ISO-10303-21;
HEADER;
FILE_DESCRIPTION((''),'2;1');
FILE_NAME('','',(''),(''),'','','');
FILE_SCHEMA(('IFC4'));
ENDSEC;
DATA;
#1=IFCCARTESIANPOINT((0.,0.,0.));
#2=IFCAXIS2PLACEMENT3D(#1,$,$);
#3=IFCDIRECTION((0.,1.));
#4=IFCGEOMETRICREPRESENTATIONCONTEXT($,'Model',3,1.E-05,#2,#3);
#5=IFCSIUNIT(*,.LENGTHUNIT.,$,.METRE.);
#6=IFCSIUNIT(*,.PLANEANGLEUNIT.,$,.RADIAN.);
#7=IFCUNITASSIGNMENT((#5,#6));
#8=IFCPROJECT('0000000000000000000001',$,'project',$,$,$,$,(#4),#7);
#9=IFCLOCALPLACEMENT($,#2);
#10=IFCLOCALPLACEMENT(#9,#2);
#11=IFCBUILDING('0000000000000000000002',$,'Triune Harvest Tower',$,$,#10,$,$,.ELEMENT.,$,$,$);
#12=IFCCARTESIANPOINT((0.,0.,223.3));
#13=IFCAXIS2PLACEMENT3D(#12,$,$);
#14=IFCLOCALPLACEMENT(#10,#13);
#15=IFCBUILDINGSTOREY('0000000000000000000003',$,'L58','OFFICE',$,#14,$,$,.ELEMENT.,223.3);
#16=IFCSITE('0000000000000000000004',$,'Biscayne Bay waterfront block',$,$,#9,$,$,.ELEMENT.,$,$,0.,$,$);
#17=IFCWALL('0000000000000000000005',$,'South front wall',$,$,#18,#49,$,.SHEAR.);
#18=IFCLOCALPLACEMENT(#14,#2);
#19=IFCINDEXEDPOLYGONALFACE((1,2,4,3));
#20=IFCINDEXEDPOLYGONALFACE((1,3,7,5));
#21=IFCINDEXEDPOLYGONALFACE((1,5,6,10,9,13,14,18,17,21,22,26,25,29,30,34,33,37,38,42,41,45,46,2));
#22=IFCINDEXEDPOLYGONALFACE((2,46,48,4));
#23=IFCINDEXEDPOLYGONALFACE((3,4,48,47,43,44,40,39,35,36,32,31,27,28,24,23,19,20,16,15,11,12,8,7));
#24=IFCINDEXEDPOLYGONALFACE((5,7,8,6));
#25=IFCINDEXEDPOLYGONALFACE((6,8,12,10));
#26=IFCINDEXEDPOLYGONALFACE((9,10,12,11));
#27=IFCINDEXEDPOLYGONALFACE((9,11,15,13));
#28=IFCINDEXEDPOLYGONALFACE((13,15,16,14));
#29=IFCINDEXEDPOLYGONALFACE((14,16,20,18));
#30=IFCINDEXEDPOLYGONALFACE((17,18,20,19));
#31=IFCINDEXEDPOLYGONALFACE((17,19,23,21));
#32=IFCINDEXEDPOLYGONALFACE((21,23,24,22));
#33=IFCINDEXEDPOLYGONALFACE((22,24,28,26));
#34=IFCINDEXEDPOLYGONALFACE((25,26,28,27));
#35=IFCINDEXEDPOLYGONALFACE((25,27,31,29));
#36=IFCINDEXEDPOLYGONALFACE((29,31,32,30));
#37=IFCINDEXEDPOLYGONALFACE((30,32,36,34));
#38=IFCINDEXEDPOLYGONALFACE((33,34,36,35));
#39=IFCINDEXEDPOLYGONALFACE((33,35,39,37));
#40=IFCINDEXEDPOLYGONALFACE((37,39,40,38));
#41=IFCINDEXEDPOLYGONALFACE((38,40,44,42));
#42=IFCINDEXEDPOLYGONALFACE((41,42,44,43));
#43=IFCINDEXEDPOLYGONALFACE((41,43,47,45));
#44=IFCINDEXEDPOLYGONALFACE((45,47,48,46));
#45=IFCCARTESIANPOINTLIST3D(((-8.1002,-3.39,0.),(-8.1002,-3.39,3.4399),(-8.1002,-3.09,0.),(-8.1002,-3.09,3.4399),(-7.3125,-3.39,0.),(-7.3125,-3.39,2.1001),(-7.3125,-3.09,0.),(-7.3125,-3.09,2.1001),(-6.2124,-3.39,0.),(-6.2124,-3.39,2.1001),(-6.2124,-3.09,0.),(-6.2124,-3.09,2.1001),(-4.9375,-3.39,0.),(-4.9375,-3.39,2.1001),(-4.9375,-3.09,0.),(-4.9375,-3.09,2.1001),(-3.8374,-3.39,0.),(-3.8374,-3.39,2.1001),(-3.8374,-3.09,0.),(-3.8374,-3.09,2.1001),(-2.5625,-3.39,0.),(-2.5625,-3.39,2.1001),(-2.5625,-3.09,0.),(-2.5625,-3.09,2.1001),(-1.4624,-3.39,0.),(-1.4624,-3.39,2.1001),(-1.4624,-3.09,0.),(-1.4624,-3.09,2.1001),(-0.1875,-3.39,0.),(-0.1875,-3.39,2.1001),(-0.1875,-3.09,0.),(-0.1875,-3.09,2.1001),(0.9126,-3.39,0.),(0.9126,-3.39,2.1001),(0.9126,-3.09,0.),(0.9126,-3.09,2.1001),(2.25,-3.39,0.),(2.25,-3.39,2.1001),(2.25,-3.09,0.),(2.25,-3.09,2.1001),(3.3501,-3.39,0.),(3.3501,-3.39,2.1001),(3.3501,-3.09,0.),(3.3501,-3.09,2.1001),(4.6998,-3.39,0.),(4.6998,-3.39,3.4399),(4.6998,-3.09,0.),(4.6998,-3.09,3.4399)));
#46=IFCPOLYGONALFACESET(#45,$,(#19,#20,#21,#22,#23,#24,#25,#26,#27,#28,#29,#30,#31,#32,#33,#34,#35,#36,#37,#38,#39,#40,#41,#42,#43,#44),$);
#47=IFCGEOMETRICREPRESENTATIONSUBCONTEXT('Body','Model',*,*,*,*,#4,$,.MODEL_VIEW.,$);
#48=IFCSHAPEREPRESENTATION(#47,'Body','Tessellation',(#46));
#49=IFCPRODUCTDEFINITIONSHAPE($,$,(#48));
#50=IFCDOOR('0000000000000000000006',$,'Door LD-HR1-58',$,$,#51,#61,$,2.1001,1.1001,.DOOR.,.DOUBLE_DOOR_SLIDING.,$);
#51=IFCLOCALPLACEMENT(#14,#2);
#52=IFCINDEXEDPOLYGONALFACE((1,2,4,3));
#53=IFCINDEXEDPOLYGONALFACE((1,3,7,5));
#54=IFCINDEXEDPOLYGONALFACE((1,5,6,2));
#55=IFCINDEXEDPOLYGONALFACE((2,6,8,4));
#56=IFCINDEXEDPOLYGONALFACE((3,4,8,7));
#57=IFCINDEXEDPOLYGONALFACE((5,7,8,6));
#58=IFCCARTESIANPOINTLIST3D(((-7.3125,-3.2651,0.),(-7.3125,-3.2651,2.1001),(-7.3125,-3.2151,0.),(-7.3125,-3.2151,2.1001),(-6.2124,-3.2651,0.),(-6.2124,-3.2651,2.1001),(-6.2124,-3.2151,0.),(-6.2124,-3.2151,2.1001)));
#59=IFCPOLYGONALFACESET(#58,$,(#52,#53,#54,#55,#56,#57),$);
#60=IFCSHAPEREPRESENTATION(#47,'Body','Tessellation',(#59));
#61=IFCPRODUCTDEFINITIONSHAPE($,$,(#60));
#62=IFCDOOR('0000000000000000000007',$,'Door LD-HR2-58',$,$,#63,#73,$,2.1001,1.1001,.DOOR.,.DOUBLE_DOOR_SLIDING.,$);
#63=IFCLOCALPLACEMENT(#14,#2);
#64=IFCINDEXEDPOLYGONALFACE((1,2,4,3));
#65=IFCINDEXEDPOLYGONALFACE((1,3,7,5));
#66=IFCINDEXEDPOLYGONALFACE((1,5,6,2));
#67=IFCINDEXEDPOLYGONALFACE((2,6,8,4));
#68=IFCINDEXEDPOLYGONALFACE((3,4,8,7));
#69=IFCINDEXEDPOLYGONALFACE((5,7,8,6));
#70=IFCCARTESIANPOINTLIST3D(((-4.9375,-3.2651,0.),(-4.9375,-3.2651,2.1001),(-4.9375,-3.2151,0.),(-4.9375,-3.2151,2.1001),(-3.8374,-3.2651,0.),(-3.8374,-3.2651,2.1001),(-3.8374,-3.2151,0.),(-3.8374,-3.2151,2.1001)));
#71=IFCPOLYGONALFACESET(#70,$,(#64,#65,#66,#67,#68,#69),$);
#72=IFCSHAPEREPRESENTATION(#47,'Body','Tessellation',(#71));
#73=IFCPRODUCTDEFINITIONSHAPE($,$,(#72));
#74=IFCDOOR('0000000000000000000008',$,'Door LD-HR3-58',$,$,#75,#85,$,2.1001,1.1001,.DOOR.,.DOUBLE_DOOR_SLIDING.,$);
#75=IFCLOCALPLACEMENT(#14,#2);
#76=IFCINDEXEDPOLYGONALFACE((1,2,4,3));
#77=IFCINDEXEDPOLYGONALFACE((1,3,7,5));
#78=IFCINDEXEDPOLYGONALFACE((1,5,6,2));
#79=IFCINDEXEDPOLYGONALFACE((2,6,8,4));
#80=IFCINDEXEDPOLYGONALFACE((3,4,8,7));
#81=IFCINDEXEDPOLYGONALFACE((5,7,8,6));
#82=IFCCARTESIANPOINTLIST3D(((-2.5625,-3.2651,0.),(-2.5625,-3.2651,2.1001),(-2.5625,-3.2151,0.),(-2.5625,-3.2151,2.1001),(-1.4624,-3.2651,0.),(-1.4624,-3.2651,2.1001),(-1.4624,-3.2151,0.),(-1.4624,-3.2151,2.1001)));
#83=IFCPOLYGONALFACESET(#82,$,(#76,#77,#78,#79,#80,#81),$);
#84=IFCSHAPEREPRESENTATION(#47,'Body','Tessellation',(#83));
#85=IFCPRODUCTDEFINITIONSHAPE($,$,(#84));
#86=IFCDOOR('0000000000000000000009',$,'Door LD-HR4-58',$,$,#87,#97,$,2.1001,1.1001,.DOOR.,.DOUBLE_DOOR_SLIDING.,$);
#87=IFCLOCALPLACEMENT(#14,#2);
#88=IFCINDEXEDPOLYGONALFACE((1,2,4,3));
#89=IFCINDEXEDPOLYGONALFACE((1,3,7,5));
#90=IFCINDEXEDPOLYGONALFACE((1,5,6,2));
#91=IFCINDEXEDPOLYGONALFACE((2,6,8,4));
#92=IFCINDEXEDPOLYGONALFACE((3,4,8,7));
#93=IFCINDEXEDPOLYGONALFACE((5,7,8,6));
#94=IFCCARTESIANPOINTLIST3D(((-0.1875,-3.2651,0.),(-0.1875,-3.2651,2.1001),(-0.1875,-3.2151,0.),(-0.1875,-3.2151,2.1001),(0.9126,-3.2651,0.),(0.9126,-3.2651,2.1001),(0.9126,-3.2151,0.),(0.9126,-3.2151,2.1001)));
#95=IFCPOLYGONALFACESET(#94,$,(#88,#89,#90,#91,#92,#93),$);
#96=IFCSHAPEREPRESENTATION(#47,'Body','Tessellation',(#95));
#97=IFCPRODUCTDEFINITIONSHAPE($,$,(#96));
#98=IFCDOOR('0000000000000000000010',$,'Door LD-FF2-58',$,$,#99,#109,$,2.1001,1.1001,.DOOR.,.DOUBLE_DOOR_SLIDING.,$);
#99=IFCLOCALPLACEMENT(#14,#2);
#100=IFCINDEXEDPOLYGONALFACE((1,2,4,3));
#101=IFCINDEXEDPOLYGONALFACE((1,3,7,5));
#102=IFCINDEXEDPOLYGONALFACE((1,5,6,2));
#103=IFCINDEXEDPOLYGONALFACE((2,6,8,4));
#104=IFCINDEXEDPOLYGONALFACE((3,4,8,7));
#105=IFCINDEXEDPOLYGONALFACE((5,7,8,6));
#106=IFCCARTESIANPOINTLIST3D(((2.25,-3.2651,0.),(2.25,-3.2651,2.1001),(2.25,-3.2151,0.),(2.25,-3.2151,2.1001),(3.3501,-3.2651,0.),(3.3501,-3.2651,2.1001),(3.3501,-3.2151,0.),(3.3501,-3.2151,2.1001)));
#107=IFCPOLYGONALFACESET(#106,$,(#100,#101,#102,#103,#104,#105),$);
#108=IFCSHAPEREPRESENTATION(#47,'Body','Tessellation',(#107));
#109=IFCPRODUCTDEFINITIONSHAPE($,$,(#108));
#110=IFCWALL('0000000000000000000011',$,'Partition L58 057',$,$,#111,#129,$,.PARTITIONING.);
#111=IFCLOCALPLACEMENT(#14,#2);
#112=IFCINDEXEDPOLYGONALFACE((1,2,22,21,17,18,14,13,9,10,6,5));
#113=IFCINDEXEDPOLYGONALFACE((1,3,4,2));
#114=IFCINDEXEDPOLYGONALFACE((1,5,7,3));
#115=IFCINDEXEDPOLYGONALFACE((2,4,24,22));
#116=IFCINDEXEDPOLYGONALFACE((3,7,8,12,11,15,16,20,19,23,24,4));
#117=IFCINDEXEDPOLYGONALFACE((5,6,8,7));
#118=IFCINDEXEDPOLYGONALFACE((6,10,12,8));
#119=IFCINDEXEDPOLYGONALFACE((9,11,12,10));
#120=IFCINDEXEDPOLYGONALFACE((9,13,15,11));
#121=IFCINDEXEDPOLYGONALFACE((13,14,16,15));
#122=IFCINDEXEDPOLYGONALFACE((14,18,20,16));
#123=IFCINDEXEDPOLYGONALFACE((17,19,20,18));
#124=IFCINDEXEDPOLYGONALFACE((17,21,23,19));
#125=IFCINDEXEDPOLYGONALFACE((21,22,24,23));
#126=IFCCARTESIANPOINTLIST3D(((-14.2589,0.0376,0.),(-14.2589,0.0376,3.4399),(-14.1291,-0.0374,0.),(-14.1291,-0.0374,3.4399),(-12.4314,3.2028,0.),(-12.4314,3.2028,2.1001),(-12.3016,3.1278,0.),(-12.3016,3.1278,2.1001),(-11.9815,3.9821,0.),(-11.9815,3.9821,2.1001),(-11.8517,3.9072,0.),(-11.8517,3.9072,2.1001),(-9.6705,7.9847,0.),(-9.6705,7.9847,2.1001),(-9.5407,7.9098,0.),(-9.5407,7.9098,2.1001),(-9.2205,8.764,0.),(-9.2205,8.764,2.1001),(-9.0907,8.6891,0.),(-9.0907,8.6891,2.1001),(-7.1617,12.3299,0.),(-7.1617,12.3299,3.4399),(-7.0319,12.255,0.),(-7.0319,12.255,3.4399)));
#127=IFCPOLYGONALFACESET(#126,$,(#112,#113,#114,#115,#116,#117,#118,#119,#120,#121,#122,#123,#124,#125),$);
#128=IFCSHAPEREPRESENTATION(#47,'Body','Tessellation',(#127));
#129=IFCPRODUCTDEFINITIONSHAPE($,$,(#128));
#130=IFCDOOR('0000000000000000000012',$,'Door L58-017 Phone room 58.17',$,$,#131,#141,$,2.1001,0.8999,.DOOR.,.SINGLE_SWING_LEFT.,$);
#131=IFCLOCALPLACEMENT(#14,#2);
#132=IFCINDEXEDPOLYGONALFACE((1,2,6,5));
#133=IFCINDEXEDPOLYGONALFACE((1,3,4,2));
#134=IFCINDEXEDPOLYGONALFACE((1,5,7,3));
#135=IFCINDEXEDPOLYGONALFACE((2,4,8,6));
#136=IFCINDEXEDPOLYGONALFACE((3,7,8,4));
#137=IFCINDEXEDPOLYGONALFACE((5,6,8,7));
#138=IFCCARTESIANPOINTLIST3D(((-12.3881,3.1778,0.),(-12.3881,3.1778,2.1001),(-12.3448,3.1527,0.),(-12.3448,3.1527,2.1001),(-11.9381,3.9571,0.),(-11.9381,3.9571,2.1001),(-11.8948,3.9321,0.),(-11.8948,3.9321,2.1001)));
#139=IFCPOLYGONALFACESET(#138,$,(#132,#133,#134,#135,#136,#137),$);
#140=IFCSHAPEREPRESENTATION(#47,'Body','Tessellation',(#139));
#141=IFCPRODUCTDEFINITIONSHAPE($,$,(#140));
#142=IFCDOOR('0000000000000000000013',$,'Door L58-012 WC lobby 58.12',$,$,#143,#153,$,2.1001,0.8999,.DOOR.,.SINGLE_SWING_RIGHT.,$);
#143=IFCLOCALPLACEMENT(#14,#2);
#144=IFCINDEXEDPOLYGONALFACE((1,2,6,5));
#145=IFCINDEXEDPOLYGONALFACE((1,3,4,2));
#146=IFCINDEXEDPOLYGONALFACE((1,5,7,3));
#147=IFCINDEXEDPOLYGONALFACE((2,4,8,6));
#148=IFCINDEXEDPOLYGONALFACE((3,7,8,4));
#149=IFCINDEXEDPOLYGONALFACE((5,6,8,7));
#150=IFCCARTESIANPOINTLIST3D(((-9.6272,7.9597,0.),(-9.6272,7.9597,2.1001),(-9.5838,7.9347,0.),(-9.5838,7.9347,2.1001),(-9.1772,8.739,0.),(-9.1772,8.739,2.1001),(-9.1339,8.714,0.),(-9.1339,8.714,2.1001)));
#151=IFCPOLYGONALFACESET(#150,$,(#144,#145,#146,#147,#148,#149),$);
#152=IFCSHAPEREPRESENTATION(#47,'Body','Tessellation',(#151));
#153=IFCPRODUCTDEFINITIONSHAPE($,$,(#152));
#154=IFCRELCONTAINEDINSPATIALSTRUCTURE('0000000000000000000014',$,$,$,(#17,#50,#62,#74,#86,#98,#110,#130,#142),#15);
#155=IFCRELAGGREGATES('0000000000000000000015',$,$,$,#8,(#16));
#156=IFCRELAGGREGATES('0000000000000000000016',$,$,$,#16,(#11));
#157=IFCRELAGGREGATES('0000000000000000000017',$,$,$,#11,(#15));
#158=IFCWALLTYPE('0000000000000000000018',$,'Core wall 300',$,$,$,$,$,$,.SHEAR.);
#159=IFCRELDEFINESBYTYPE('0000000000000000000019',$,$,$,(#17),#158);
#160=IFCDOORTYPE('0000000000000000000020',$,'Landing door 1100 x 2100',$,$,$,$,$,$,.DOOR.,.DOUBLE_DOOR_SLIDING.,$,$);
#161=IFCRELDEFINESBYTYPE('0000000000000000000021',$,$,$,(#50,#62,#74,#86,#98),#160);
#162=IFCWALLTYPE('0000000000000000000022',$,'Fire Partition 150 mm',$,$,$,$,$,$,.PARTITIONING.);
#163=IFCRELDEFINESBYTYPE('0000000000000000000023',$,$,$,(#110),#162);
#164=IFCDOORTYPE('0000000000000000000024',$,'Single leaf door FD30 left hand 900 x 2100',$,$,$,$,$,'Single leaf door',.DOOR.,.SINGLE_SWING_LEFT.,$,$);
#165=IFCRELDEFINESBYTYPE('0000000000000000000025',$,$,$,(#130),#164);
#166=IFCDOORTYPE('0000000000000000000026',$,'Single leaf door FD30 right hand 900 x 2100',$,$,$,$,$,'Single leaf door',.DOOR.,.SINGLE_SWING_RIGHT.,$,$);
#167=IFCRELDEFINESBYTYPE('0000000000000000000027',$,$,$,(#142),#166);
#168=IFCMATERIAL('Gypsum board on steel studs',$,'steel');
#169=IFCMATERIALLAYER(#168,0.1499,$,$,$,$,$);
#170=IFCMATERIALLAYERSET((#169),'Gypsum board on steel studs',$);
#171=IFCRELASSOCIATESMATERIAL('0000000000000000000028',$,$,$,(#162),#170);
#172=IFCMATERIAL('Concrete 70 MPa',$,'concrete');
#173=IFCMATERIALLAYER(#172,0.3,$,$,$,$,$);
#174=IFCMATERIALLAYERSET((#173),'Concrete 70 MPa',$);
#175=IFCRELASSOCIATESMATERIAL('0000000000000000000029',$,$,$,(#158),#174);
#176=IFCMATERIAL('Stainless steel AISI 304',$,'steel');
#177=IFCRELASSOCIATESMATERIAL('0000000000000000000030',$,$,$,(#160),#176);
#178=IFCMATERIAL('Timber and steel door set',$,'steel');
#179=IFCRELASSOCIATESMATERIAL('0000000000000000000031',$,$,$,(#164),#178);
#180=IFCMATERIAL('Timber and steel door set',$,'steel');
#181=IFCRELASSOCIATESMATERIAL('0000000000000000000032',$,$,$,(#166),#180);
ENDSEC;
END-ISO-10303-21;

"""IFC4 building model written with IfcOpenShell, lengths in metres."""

from ifc_helpers import new_model, si_unit, direction, frame, frame_2d, origin, place, context, subcontext, project, spatial, rectangle, extrude, source, transform, mapped, material, layer, layer_set, type_object, element, fill, save


model = new_model("IFC4")

# Units and contexts
model_context = context("Model", 3, precision=1e-05, world=origin(), true_north=direction((0.0, 1.0)))
body_context = subcontext(model_context, "Body", "Model", "MODEL_VIEW")
ifc_project = project(units=[si_unit("LENGTHUNIT", "METRE"), si_unit("PLANEANGLEUNIT", "RADIAN")], contexts=[model_context])

# Site, building, storey
site_placement = place(None, origin())
site = spatial("IfcSite", under=ifc_project, at=site_placement, Name="Biscayne Bay waterfront block", CompositionType="ELEMENT", RefElevation=0.0)
building_placement = place(site_placement, origin())
building = spatial("IfcBuilding", under=site, at=building_placement, Name="Triune Harvest Tower", CompositionType="ELEMENT")
storey_placement = place(building_placement, frame((0.0, 0.0, 223.3)))
storey = spatial("IfcBuildingStorey", under=building, at=storey_placement, Name="L58", Description="OFFICE", CompositionType="ELEMENT", Elevation=223.3)

# Shared definitions
ifc_material_1 = material(Name="Gypsum board on steel studs", Category="steel")
ifc_layer_1 = layer(ifc_material_1, 0.1499)
ifc_layer_set_1 = layer_set([ifc_layer_1], Name="Gypsum board on steel studs")
wall_type_1 = type_object("IfcWallType", Name="Fire Partition 150 mm", PredefinedType="PARTITIONING", material=ifc_layer_set_1)

# Wall, openings, doors
ifc_material_2 = material(Name="Concrete 70 MPa", Category="concrete")
ifc_layer_2 = layer(ifc_material_2, 0.3)
ifc_layer_set_2 = layer_set([ifc_layer_2], Name="Concrete 70 MPa")
wall_type_2 = type_object("IfcWallType", Name="Core wall 300", PredefinedType="SHEAR", material=ifc_layer_set_2)
shared_shape_1 = source(origin(), body_context, "Body", "SweptSolid", [
    extrude(rectangle(XDim=12.8, YDim=0.3, at=frame_2d((6.3999, 0.0))), origin(), (0.0, 0.0, 1.0), 3.4399),
])
wall_1_placement = place(storey_placement, frame((-8.1001, -3.24, 0.0), z_axis=(0.0, 0.0, 1.0), x_axis=(1.0, 0.0, 0.0)))
wall_1 = element("IfcWall", 1, at=wall_1_placement, inside=storey, type_object=wall_type_2, Name="South front wall", PredefinedType="SHEAR", context=body_context, shape_type="MappedRepresentation", body=[
    mapped(shared_shape_1, transform((0.0, 0.0, 0.0), scale=1.0)),
])
opening_1_placement = place(wall_1_placement, frame((0.7876, 0.0, 0.0)))
opening_1 = element("IfcOpeningElement", 2, at=opening_1_placement, cuts=wall_1, PredefinedType="OPENING", context=body_context, shape_type="SweptSolid", body=[
    extrude(rectangle(XDim=1.1001, YDim=2.1001, at=frame_2d((0.55, 1.05))), frame((0.0, 0.1602, 0.0), z_axis=(0.0, -1.0, 0.0), x_axis=(1.0, 0.0, 0.0)), (0.0, 0.0, 1.0), 0.3201),
])
opening_2_placement = place(wall_1_placement, frame((3.1626, 0.0, 0.0)))
opening_2 = element("IfcOpeningElement", 3, at=opening_2_placement, cuts=wall_1, PredefinedType="OPENING", context=body_context, shape_type="SweptSolid", body=[
    extrude(rectangle(XDim=1.1001, YDim=2.1001, at=frame_2d((0.55, 1.05))), frame((0.0, 0.1602, 0.0), z_axis=(0.0, -1.0, 0.0), x_axis=(1.0, 0.0, 0.0)), (0.0, 0.0, 1.0), 0.3201),
])
opening_3_placement = place(wall_1_placement, frame((5.5376, 0.0, 0.0)))
opening_3 = element("IfcOpeningElement", 4, at=opening_3_placement, cuts=wall_1, PredefinedType="OPENING", context=body_context, shape_type="SweptSolid", body=[
    extrude(rectangle(XDim=1.1001, YDim=2.1001, at=frame_2d((0.55, 1.05))), frame((0.0, 0.1602, 0.0), z_axis=(0.0, -1.0, 0.0), x_axis=(1.0, 0.0, 0.0)), (0.0, 0.0, 1.0), 0.3201),
])
opening_4_placement = place(wall_1_placement, frame((7.9126, 0.0, 0.0)))
opening_4 = element("IfcOpeningElement", 5, at=opening_4_placement, cuts=wall_1, PredefinedType="OPENING", context=body_context, shape_type="SweptSolid", body=[
    extrude(rectangle(XDim=1.1001, YDim=2.1001, at=frame_2d((0.55, 1.05))), frame((0.0, 0.1602, 0.0), z_axis=(0.0, -1.0, 0.0), x_axis=(1.0, 0.0, 0.0)), (0.0, 0.0, 1.0), 0.3201),
])
opening_5_placement = place(wall_1_placement, frame((10.3501, 0.0, 0.0)))
opening_5 = element("IfcOpeningElement", 6, at=opening_5_placement, cuts=wall_1, PredefinedType="OPENING", context=body_context, shape_type="SweptSolid", body=[
    extrude(rectangle(XDim=1.1001, YDim=2.1001, at=frame_2d((0.55, 1.05))), frame((0.0, 0.1602, 0.0), z_axis=(0.0, -1.0, 0.0), x_axis=(1.0, 0.0, 0.0)), (0.0, 0.0, 1.0), 0.3201),
])
ifc_material_3 = material(Name="Stainless steel AISI 304", Category="steel")
door_type_1 = type_object("IfcDoorType", Name="Landing door 1100 x 2100", OperationType="DOUBLE_DOOR_SLIDING", PredefinedType="DOOR", material=ifc_material_3)
door_1_placement = place(opening_1_placement, origin())
door_1 = element("IfcDoor", 7, at=door_1_placement, inside=storey, type_object=door_type_1, Name="Door LD-HR1-58", OperationType="DOUBLE_DOOR_SLIDING", OverallHeight=2.1001, OverallWidth=1.1001, PredefinedType="DOOR", context=body_context, shape_type="SweptSolid", body=[
    extrude(rectangle(XDim=1.1001, YDim=2.1001, at=frame_2d((0.55, 1.05))), frame((0.0, 0.0249, 0.0), z_axis=(0.0, -1.0, 0.0), x_axis=(1.0, 0.0, 0.0)), (0.0, 0.0, 1.0), 0.05),
])
fill(opening_1, door_1)
door_2_placement = place(opening_2_placement, origin())
door_2 = element("IfcDoor", 8, at=door_2_placement, inside=storey, type_object=door_type_1, Name="Door LD-HR2-58", OperationType="DOUBLE_DOOR_SLIDING", OverallHeight=2.1001, OverallWidth=1.1001, PredefinedType="DOOR", context=body_context, shape_type="SweptSolid", body=[
    extrude(rectangle(XDim=1.1001, YDim=2.1001, at=frame_2d((0.55, 1.05))), frame((0.0, 0.0249, 0.0), z_axis=(0.0, -1.0, 0.0), x_axis=(1.0, 0.0, 0.0)), (0.0, 0.0, 1.0), 0.05),
])
fill(opening_2, door_2)
door_3_placement = place(opening_3_placement, origin())
door_3 = element("IfcDoor", 9, at=door_3_placement, inside=storey, type_object=door_type_1, Name="Door LD-HR3-58", OperationType="DOUBLE_DOOR_SLIDING", OverallHeight=2.1001, OverallWidth=1.1001, PredefinedType="DOOR", context=body_context, shape_type="SweptSolid", body=[
    extrude(rectangle(XDim=1.1001, YDim=2.1001, at=frame_2d((0.55, 1.05))), frame((0.0, 0.0249, 0.0), z_axis=(0.0, -1.0, 0.0), x_axis=(1.0, 0.0, 0.0)), (0.0, 0.0, 1.0), 0.05),
])
fill(opening_3, door_3)
door_4_placement = place(opening_4_placement, origin())
door_4 = element("IfcDoor", 10, at=door_4_placement, inside=storey, type_object=door_type_1, Name="Door LD-HR4-58", OperationType="DOUBLE_DOOR_SLIDING", OverallHeight=2.1001, OverallWidth=1.1001, PredefinedType="DOOR", context=body_context, shape_type="SweptSolid", body=[
    extrude(rectangle(XDim=1.1001, YDim=2.1001, at=frame_2d((0.55, 1.05))), frame((0.0, 0.0249, 0.0), z_axis=(0.0, -1.0, 0.0), x_axis=(1.0, 0.0, 0.0)), (0.0, 0.0, 1.0), 0.05),
])
fill(opening_4, door_4)
door_5_placement = place(opening_5_placement, origin())
door_5 = element("IfcDoor", 11, at=door_5_placement, inside=storey, type_object=door_type_1, Name="Door LD-FF2-58", OperationType="DOUBLE_DOOR_SLIDING", OverallHeight=2.1001, OverallWidth=1.1001, PredefinedType="DOOR", context=body_context, shape_type="SweptSolid", body=[
    extrude(rectangle(XDim=1.1001, YDim=2.1001, at=frame_2d((0.55, 1.05))), frame((0.0, 0.0249, 0.0), z_axis=(0.0, -1.0, 0.0), x_axis=(1.0, 0.0, 0.0)), (0.0, 0.0, 1.0), 0.05),
])
fill(opening_5, door_5)

# Wall, openings, doors
shared_shape_2 = source(origin(), body_context, "Body", "SweptSolid", [
    extrude(rectangle(XDim=14.1941, YDim=0.1499, at=frame_2d((7.0972, 0.0))), origin(), (0.0, 0.0, 1.0), 3.4399),
])
wall_2_placement = place(storey_placement, frame((-14.1941, 0.0, 0.0), z_axis=(0.0, 0.0, 1.0), x_axis=(0.500013, 0.866018, 0.0)))
wall_2 = element("IfcWall", 12, at=wall_2_placement, inside=storey, type_object=wall_type_1, Name="Partition L58 057", PredefinedType="PARTITIONING", context=body_context, shape_type="MappedRepresentation", body=[
    mapped(shared_shape_2, transform((0.0, 0.0, 0.0), scale=1.0)),
])
opening_6_placement = place(wall_2_placement, frame((9.1768, 0.0, 0.0)))
opening_6 = element("IfcOpeningElement", 13, at=opening_6_placement, cuts=wall_2, PredefinedType="OPENING", context=body_context, shape_type="SweptSolid", body=[
    extrude(rectangle(XDim=0.8999, YDim=2.1001, at=frame_2d((0.45, 1.05))), frame((0.0, 0.085, 0.0), z_axis=(0.0, -1.0, 0.0), x_axis=(1.0, 0.0, 0.0)), (0.0, 0.0, 1.0), 0.1699),
])
opening_7_placement = place(wall_2_placement, frame((3.655, 0.0, 0.0)))
opening_7 = element("IfcOpeningElement", 14, at=opening_7_placement, cuts=wall_2, PredefinedType="OPENING", context=body_context, shape_type="SweptSolid", body=[
    extrude(rectangle(XDim=0.8999, YDim=2.1001, at=frame_2d((0.45, 1.05))), frame((0.0, 0.085, 0.0), z_axis=(0.0, -1.0, 0.0), x_axis=(1.0, 0.0, 0.0)), (0.0, 0.0, 1.0), 0.1699),
])
ifc_material_4 = material(Name="Timber and steel door set", Category="steel")
door_type_2 = type_object("IfcDoorType", Name="Single leaf door FD30 left hand 900 x 2100", ElementType="Single leaf door", OperationType="SINGLE_SWING_LEFT", PredefinedType="DOOR", material=ifc_material_4)
door_6_placement = place(opening_7_placement, origin())
door_6 = element("IfcDoor", 15, at=door_6_placement, inside=storey, type_object=door_type_2, Name="Door L58-017 Phone room 58.17", OperationType="SINGLE_SWING_LEFT", OverallHeight=2.1001, OverallWidth=0.8999, PredefinedType="DOOR", context=body_context, shape_type="SweptSolid", body=[
    extrude(rectangle(XDim=0.8999, YDim=2.1001, at=frame_2d((0.45, 1.05))), frame((0.0, 0.0249, 0.0), z_axis=(0.0, -1.0, 0.0), x_axis=(1.0, 0.0, 0.0)), (0.0, 0.0, 1.0), 0.05),
])
fill(opening_7, door_6)
ifc_material_5 = material(Name="Timber and steel door set", Category="steel")
door_type_3 = type_object("IfcDoorType", Name="Single leaf door FD30 right hand 900 x 2100", ElementType="Single leaf door", OperationType="SINGLE_SWING_RIGHT", PredefinedType="DOOR", material=ifc_material_5)
door_7_placement = place(opening_6_placement, origin())
door_7 = element("IfcDoor", 16, at=door_7_placement, inside=storey, type_object=door_type_3, Name="Door L58-012 WC lobby 58.12", OperationType="SINGLE_SWING_RIGHT", OverallHeight=2.1001, OverallWidth=0.8999, PredefinedType="DOOR", context=body_context, shape_type="SweptSolid", body=[
    extrude(rectangle(XDim=0.8999, YDim=2.1001, at=frame_2d((0.45, 1.05))), frame((0.0, 0.0249, 0.0), z_axis=(0.0, -1.0, 0.0), x_axis=(1.0, 0.0, 0.0)), (0.0, 0.0, 1.0), 0.05),
])
fill(opening_6, door_7)

save(model, "model.ifc")
